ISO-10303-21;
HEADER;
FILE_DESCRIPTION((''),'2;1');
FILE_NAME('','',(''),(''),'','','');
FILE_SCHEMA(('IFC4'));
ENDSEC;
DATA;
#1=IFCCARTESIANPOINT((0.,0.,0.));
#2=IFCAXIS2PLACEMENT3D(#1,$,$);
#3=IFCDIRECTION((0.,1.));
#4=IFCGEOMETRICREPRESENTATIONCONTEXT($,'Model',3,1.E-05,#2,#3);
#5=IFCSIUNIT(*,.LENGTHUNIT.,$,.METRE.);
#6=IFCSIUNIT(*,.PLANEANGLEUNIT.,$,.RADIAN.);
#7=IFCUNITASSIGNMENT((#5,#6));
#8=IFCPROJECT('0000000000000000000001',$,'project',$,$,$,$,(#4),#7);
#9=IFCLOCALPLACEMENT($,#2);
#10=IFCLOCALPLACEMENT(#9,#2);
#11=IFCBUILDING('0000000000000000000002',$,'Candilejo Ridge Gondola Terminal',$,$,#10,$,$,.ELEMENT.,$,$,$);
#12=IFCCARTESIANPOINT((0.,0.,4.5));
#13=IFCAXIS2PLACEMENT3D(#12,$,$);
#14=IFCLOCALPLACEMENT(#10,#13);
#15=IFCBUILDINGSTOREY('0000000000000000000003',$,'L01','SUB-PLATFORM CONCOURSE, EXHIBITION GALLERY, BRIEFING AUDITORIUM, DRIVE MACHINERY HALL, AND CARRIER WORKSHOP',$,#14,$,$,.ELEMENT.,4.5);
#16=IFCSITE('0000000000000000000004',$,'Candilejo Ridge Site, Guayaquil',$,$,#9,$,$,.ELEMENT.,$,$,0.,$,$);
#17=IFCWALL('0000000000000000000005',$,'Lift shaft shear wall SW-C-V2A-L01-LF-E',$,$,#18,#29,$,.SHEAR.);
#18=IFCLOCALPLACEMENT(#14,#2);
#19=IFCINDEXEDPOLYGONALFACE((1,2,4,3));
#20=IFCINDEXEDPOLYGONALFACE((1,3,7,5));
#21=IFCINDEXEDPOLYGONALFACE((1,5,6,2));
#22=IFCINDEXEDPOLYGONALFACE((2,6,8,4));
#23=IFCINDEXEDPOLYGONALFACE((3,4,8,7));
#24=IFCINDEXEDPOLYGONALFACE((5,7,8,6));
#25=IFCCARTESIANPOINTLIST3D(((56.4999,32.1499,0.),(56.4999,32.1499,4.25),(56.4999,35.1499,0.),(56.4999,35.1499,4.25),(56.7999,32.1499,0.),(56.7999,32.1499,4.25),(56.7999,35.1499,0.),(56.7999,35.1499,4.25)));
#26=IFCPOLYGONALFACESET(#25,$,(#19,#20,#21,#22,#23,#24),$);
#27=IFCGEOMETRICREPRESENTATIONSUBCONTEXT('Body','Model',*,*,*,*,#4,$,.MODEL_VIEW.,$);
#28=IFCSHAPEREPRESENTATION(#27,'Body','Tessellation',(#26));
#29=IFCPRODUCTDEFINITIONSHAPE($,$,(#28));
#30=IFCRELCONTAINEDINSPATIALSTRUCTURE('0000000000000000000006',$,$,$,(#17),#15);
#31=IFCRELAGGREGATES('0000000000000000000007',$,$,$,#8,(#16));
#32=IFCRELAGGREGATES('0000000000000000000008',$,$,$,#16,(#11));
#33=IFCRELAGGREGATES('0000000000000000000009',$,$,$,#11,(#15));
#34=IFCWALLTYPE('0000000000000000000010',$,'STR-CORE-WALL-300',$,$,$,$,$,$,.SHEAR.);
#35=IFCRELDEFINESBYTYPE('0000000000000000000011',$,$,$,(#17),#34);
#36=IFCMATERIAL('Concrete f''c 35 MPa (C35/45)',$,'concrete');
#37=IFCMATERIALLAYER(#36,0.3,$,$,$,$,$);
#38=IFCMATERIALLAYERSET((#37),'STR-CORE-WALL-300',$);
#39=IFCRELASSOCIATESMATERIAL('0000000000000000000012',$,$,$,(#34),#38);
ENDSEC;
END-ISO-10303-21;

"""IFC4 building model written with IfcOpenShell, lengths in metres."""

from ifc_helpers import new_model, si_unit, direction, frame, frame_2d, origin, place, context, subcontext, project, spatial, rectangle, extrude, material, layer, layer_set, type_object, element, save


model = new_model("IFC4")

# Units and contexts
model_context = context("Model", 3, precision=1e-05, world=origin(), true_north=direction((0.0, 1.0)))
body_context = subcontext(model_context, "Body", "Model", "MODEL_VIEW")
ifc_project = project(units=[si_unit("LENGTHUNIT", "METRE"), si_unit("PLANEANGLEUNIT", "RADIAN")], contexts=[model_context])

# Site, building, storey
site_placement = place(None, origin())
site = spatial("IfcSite", under=ifc_project, at=site_placement, Name="Candilejo Ridge Site, Guayaquil", CompositionType="ELEMENT", RefElevation=0.0)
building_placement = place(site_placement, origin())
building = spatial("IfcBuilding", under=site, at=building_placement, Name="Candilejo Ridge Gondola Terminal", CompositionType="ELEMENT")
storey_placement = place(building_placement, frame((0.0, 0.0, 4.5)))
storey = spatial("IfcBuildingStorey", under=building, at=storey_placement, Name="L01", Description="SUB-PLATFORM CONCOURSE, EXHIBITION GALLERY, BRIEFING AUDITORIUM, DRIVE MACHINERY HALL, AND CARRIER WORKSHOP", CompositionType="ELEMENT", Elevation=4.5)

# Wall
ifc_material_1 = material(Name="Concrete f'c 35 MPa (C35/45)", Category="concrete")
ifc_layer_1 = layer(ifc_material_1, 0.3)
ifc_layer_set_1 = layer_set([ifc_layer_1], Name="STR-CORE-WALL-300")
wall_type_1 = type_object("IfcWallType", Name="STR-CORE-WALL-300", PredefinedType="SHEAR", material=ifc_layer_set_1)
wall_1_placement = place(storey_placement, frame((56.6499, 32.1499, 0.0), z_axis=(0.0, 0.0, 1.0), x_axis=(0.0, 1.0, 0.0)))
element("IfcWall", 1, at=wall_1_placement, inside=storey, type_object=wall_type_1, Name="Lift shaft shear wall SW-C-V2A-L01-LF-E", PredefinedType="SHEAR", context=body_context, shape_type="SweptSolid", body=[
    extrude(rectangle(XDim=3.0, YDim=0.3, at=frame_2d((1.5, 0.0))), origin(), (0.0, 0.0, 1.0), 4.25),
])

save(model, "model.ifc")
